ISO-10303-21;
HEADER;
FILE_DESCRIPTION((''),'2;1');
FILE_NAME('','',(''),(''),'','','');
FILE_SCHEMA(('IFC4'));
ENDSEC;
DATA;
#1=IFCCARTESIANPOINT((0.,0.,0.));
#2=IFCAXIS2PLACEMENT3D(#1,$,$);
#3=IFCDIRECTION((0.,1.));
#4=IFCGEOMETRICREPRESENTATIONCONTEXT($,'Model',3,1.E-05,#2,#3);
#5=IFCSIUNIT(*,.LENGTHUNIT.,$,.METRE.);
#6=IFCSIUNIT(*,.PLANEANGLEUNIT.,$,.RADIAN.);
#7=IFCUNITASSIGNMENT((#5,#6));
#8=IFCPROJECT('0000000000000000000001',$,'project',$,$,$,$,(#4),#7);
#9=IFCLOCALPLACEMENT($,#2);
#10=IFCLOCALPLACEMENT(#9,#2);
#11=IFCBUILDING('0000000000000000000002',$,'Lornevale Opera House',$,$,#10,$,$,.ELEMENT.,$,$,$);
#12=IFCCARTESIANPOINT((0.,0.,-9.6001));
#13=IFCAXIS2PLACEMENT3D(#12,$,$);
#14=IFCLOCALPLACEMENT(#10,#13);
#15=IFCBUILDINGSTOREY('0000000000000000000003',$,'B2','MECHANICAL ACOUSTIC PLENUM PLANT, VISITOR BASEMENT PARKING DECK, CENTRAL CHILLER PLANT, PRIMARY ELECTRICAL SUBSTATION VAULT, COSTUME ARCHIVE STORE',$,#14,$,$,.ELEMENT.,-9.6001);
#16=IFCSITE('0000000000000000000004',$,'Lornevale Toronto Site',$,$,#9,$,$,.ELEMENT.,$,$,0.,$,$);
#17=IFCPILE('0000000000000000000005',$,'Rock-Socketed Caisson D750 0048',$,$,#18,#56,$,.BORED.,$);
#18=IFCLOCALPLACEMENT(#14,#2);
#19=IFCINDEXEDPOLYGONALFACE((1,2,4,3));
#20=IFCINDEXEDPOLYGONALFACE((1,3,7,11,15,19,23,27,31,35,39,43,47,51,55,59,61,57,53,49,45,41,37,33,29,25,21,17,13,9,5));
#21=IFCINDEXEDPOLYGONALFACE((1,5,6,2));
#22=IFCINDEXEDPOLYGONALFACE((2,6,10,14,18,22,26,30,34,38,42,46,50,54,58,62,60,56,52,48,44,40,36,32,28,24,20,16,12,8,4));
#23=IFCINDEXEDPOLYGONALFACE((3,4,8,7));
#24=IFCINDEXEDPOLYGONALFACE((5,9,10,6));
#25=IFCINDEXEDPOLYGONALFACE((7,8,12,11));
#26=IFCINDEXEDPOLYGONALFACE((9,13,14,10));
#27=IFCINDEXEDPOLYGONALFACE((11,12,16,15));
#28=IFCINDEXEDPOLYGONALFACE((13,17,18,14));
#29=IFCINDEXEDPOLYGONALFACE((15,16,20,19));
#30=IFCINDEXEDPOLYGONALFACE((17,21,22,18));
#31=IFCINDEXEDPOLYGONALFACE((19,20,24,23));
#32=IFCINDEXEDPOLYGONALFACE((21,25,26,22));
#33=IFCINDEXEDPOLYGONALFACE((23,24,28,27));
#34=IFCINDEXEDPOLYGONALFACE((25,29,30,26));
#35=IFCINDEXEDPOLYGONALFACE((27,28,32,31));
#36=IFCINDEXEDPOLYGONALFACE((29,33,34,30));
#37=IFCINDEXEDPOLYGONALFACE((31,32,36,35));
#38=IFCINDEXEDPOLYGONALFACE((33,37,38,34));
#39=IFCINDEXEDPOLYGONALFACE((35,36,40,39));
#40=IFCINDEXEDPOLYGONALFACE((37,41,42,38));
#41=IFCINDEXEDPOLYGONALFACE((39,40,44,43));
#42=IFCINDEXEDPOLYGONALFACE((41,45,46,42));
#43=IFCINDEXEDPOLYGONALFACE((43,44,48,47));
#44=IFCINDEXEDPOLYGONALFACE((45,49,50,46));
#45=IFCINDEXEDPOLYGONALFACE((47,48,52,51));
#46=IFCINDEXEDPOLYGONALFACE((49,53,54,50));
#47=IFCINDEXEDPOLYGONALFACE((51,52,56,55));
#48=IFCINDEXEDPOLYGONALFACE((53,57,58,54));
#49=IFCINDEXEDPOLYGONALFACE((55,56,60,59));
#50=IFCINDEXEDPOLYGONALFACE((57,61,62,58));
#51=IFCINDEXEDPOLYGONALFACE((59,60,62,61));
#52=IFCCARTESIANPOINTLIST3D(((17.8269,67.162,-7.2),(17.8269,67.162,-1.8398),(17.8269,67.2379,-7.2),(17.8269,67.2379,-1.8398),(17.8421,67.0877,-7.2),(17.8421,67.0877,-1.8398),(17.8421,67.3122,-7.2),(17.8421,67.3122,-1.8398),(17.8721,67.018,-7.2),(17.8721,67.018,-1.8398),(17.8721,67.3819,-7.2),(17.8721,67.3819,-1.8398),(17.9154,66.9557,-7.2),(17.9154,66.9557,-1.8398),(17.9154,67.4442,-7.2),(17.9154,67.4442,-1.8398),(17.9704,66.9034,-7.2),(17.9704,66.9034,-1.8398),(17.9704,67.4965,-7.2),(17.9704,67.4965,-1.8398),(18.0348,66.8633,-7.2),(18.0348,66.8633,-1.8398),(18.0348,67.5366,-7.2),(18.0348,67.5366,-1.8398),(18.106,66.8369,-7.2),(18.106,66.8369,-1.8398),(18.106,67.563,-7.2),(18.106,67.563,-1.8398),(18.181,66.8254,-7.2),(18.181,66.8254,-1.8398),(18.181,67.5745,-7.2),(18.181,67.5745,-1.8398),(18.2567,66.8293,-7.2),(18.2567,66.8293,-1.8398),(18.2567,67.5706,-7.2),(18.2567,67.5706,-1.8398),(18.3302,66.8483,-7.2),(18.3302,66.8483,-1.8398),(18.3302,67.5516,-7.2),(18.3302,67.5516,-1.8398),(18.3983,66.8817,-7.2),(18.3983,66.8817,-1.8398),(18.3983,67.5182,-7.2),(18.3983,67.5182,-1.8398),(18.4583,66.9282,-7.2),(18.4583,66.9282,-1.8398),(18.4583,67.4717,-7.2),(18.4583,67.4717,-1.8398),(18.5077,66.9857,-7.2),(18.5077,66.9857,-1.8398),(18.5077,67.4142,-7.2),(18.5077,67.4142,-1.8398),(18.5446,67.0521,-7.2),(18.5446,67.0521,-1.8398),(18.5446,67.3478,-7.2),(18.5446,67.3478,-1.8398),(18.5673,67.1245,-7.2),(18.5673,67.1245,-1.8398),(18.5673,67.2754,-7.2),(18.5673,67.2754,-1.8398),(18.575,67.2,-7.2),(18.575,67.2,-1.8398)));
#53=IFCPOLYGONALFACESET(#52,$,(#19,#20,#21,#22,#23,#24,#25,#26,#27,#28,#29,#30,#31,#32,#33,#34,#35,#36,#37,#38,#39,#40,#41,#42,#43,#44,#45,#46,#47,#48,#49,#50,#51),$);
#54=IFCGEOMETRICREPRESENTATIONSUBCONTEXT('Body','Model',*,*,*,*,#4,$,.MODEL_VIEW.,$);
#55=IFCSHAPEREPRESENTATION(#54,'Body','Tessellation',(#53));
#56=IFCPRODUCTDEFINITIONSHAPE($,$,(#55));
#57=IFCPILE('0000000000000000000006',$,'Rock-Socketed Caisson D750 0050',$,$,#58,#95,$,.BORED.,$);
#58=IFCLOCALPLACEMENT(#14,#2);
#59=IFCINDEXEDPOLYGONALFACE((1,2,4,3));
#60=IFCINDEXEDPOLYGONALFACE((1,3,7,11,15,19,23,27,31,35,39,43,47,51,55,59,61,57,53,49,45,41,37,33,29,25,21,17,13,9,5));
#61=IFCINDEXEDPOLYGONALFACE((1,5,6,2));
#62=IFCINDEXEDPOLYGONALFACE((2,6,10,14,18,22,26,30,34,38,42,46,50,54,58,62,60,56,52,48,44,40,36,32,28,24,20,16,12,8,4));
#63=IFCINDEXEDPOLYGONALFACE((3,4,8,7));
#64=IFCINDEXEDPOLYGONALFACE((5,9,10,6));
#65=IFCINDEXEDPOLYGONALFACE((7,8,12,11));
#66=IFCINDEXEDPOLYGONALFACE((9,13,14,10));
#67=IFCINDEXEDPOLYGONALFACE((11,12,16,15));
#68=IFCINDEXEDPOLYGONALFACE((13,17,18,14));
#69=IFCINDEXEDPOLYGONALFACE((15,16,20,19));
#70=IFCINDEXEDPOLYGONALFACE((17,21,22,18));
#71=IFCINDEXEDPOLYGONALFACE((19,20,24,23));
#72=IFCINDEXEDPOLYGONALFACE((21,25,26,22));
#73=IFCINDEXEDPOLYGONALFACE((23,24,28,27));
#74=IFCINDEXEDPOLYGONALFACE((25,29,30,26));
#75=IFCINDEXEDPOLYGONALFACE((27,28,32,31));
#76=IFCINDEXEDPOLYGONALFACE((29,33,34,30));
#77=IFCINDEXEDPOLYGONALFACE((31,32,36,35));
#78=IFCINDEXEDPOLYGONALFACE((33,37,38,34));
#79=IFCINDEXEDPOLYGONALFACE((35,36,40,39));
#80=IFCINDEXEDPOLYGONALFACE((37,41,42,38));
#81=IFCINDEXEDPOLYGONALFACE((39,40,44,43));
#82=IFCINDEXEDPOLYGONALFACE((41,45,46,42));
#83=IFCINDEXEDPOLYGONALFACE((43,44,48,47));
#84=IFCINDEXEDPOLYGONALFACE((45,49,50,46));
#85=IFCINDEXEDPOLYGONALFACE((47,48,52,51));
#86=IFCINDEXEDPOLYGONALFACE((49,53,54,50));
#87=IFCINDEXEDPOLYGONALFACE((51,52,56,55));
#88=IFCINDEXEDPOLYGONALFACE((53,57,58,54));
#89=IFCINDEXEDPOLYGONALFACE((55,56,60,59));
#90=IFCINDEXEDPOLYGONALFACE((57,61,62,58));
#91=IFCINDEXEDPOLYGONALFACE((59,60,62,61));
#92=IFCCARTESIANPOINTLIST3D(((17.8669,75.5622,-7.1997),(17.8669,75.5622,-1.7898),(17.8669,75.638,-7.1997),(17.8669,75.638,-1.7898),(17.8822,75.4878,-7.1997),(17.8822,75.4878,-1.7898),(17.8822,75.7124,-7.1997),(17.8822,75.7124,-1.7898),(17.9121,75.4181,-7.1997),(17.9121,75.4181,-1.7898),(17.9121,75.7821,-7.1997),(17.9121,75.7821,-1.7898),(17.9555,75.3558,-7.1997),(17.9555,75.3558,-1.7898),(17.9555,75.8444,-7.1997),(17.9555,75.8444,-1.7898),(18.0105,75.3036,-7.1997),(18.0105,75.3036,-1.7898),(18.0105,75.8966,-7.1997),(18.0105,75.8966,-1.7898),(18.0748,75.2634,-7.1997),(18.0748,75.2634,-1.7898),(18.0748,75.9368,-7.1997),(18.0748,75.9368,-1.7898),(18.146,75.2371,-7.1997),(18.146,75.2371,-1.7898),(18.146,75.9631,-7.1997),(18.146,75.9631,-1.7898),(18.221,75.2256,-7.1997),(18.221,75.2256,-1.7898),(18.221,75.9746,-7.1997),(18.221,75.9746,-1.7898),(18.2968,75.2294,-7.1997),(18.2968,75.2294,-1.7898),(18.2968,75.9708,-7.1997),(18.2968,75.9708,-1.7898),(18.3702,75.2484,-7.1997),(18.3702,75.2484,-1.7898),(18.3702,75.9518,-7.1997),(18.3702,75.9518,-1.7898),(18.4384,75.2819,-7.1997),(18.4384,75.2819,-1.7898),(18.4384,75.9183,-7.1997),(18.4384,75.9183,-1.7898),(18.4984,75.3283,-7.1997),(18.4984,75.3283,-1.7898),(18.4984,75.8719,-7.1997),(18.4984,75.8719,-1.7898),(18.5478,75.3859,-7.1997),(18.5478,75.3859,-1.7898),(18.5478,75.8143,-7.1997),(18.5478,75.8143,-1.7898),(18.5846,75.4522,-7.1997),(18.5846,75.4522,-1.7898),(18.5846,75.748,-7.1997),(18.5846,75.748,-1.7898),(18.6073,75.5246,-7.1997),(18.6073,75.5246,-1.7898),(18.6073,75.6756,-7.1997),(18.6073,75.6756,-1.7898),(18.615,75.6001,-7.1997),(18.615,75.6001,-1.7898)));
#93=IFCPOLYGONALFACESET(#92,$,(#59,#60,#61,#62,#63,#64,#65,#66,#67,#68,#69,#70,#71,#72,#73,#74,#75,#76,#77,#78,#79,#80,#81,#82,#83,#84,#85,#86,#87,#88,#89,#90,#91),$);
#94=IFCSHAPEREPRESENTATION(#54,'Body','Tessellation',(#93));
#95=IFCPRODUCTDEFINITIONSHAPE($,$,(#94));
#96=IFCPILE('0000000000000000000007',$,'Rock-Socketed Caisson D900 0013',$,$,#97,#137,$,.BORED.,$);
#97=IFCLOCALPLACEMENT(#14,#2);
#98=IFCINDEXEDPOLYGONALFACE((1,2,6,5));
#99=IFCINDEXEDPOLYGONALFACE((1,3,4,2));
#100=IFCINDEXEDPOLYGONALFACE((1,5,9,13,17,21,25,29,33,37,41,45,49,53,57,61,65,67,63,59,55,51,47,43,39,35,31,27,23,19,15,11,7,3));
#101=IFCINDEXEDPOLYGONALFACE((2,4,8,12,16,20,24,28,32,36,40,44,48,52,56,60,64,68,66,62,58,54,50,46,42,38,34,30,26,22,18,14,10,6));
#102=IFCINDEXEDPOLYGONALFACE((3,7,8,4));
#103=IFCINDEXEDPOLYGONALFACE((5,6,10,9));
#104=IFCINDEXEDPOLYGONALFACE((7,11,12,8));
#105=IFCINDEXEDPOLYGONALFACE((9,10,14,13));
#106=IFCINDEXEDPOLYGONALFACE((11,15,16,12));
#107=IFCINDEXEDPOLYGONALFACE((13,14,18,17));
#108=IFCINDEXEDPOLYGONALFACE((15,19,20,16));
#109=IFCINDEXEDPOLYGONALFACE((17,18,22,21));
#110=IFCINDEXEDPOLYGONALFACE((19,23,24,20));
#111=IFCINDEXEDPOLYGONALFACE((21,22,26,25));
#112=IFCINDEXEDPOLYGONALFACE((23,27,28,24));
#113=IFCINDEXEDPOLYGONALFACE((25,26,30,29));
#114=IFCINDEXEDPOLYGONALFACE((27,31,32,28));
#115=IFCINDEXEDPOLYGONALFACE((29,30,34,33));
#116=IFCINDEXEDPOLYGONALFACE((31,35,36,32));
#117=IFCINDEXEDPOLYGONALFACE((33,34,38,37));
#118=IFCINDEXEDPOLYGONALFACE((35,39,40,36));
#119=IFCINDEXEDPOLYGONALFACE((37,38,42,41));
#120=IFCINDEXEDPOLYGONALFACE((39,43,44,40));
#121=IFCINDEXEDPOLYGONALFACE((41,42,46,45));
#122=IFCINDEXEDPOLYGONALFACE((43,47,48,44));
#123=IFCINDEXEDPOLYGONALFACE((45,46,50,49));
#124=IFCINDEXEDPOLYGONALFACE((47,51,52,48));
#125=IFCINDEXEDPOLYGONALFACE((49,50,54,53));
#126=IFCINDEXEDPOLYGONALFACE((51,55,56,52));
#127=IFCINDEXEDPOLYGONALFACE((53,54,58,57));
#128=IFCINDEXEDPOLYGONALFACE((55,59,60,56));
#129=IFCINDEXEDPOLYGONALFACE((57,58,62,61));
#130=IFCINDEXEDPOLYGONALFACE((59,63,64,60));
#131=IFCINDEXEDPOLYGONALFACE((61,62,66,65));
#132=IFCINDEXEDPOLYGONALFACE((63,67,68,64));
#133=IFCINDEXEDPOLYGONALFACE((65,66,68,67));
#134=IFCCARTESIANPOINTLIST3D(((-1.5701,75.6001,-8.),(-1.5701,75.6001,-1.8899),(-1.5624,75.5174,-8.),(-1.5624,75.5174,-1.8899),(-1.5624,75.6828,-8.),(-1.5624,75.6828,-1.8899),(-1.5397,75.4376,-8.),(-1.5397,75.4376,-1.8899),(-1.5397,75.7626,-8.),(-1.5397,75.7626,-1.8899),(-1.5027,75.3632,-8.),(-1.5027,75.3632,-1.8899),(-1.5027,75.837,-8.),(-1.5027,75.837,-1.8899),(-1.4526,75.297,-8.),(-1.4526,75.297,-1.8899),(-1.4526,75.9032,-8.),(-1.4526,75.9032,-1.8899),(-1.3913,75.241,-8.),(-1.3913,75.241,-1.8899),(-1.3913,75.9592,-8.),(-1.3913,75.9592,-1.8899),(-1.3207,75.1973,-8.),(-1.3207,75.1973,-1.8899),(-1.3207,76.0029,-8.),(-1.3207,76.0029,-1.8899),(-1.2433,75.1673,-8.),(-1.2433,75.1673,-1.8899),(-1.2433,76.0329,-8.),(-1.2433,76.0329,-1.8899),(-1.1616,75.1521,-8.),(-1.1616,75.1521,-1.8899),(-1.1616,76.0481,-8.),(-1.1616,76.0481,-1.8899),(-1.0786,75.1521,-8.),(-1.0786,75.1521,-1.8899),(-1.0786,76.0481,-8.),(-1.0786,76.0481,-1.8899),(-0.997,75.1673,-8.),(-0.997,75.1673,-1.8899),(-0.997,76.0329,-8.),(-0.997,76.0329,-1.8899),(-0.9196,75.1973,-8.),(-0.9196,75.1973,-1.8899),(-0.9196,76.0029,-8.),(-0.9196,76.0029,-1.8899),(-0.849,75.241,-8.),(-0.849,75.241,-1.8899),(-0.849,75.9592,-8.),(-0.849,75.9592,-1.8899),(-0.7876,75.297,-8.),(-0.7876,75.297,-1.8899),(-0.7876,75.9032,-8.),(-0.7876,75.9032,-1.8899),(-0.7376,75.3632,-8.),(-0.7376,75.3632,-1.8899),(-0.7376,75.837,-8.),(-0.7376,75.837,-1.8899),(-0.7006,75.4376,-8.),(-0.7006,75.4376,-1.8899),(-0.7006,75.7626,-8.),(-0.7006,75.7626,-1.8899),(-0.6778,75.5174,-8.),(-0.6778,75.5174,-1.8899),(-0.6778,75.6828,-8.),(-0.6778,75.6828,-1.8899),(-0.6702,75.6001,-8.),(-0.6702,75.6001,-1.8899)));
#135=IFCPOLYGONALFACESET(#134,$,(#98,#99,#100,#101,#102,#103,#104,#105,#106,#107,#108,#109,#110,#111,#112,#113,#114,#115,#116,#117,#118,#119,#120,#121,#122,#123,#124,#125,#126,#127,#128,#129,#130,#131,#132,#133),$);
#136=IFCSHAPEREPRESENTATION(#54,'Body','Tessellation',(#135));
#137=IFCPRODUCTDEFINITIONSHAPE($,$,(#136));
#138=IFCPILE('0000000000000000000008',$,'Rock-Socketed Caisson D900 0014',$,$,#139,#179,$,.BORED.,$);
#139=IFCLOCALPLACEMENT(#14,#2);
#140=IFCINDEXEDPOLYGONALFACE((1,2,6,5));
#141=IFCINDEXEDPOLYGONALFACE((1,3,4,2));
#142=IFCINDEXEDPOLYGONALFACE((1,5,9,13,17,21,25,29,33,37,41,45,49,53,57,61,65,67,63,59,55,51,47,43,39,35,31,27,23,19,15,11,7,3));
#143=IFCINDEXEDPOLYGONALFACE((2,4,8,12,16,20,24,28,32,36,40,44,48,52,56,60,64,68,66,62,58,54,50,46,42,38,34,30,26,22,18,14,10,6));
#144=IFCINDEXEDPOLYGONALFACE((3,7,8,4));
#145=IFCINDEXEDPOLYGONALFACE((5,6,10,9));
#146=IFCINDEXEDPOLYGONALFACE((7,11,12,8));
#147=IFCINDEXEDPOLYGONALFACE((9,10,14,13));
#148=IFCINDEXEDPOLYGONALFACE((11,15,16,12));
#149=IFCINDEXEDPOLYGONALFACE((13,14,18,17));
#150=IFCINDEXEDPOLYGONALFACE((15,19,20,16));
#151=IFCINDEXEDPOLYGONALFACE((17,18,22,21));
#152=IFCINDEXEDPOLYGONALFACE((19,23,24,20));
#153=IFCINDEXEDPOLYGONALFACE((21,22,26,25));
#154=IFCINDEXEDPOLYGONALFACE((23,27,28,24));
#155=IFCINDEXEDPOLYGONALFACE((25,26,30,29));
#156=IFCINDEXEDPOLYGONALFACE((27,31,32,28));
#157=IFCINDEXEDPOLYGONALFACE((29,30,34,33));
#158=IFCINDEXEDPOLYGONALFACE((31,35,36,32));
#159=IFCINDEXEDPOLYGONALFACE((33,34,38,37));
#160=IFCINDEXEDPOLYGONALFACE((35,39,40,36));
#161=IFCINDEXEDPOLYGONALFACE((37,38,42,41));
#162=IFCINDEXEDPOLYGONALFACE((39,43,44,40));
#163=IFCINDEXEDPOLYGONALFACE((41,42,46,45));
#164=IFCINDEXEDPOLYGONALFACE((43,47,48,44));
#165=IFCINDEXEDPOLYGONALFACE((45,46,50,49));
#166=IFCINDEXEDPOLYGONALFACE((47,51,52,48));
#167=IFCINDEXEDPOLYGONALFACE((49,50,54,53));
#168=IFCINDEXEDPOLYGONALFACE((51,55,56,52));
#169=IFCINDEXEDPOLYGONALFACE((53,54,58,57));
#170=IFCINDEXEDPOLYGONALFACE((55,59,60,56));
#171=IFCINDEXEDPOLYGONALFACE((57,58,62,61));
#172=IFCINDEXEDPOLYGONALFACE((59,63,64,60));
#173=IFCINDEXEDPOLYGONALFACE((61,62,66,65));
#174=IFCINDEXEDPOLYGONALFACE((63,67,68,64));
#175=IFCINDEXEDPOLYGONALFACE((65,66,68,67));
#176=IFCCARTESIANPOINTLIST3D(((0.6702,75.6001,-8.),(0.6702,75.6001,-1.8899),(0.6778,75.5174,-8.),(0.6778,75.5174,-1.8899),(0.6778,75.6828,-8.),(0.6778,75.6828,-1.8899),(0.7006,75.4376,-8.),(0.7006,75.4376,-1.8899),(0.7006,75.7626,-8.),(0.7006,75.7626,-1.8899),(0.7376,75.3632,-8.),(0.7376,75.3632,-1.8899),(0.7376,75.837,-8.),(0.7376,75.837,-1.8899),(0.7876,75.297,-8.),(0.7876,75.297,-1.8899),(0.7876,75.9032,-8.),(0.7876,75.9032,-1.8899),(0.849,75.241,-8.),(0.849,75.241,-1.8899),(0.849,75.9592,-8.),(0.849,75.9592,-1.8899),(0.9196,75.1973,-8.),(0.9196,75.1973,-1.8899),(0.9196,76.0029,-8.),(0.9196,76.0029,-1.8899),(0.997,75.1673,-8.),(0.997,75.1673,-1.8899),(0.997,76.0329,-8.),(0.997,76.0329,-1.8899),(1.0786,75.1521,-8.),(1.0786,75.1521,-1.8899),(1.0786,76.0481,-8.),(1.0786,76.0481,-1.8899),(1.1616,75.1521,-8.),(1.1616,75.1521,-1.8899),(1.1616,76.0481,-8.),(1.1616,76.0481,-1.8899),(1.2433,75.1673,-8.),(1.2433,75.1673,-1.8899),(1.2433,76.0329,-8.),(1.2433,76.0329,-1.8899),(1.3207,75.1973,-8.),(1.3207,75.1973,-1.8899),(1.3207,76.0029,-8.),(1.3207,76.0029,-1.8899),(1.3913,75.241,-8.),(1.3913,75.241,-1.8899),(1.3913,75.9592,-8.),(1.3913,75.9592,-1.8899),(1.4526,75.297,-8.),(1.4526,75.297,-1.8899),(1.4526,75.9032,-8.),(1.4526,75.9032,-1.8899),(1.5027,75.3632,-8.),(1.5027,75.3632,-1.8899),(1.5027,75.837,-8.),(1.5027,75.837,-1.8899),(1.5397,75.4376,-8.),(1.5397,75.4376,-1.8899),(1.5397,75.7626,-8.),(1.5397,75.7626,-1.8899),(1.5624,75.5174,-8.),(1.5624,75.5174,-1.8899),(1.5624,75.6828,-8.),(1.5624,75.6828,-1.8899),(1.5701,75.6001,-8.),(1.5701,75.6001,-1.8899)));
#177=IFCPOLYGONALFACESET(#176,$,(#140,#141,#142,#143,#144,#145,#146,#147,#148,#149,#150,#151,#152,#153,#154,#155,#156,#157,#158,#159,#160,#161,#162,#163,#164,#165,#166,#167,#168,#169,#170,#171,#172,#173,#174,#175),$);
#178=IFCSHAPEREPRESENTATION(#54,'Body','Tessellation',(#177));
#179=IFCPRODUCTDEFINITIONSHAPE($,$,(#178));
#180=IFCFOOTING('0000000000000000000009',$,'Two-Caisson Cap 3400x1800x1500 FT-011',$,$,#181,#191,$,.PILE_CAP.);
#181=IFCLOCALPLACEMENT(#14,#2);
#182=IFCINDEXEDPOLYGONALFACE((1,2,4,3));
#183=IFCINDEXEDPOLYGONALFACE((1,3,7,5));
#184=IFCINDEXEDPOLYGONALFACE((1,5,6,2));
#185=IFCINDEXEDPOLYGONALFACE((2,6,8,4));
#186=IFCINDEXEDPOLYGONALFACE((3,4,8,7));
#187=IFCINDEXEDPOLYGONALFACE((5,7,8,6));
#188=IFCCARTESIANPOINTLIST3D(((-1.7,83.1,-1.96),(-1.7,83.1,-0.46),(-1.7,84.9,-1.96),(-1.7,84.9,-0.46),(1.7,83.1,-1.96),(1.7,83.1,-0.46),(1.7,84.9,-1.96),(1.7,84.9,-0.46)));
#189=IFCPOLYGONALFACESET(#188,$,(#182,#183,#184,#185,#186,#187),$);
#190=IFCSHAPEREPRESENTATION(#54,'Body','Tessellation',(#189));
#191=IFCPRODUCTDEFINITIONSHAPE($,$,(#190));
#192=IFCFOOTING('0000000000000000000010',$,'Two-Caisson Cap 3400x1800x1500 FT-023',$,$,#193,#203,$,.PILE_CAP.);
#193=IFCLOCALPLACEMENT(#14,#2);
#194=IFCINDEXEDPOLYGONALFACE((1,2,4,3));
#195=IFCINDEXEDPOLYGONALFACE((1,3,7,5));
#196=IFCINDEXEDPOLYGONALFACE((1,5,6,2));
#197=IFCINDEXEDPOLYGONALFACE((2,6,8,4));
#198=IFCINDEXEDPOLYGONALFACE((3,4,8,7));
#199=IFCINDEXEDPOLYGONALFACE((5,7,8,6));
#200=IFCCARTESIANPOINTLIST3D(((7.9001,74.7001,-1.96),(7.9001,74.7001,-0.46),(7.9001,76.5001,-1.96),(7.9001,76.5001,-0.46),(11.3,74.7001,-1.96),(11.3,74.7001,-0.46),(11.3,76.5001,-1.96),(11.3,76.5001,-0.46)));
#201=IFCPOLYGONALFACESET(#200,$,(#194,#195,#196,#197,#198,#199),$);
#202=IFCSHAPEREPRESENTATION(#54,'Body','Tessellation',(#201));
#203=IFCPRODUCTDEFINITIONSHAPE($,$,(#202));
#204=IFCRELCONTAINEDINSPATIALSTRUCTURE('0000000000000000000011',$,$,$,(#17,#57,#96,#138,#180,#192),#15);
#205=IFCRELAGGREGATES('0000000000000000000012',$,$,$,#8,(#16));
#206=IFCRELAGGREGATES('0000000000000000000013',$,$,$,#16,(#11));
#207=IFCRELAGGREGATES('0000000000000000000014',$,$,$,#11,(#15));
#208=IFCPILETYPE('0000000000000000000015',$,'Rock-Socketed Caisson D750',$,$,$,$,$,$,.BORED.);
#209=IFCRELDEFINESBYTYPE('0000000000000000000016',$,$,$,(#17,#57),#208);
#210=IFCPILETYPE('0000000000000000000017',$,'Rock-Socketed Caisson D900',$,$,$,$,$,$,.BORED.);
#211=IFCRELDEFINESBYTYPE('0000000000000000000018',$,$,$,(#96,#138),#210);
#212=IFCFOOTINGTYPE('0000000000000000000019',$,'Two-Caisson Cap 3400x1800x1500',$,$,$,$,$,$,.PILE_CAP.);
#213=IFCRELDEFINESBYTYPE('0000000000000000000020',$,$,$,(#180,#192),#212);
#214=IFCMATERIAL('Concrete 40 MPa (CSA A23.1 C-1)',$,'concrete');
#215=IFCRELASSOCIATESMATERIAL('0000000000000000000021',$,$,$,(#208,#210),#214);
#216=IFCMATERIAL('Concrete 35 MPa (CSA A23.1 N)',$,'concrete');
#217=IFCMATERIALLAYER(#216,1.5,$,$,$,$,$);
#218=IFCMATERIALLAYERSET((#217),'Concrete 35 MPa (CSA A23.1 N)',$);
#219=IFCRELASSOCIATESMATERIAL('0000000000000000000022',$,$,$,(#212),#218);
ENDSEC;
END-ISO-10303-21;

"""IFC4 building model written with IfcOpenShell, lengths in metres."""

from ifc_helpers import new_model, si_unit, direction, frame, origin, origin_2d, place, context, subcontext, project, spatial, rectangle, circle, extrude, material, layer, layer_set, material_profile, profile_set, type_object, element, save


model = new_model("IFC4")

# Units and contexts
model_context = context("Model", 3, precision=1e-05, world=origin(), true_north=direction((0.0, 1.0)))
body_context = subcontext(model_context, "Body", "Model", "MODEL_VIEW")
ifc_project = project(units=[si_unit("LENGTHUNIT", "METRE"), si_unit("PLANEANGLEUNIT", "RADIAN")], contexts=[model_context])

# Site, building, storey
site_placement = place(None, origin())
site = spatial("IfcSite", under=ifc_project, at=site_placement, Name="Lornevale Toronto Site", CompositionType="ELEMENT", RefElevation=0.0)
building_placement = place(site_placement, origin())
building = spatial("IfcBuilding", under=site, at=building_placement, Name="Lornevale Opera House", CompositionType="ELEMENT")
storey_placement = place(building_placement, frame((0.0, 0.0, -9.6001)))
storey = spatial("IfcBuildingStorey", under=building, at=storey_placement, Name="B2", Description="MECHANICAL ACOUSTIC PLENUM PLANT, VISITOR BASEMENT PARKING DECK, CENTRAL CHILLER PLANT, PRIMARY ELECTRICAL SUBSTATION VAULT, COSTUME ARCHIVE STORE", CompositionType="ELEMENT", Elevation=-9.6001)

# Shared definitions
ifc_material_1 = material(Name="Concrete 35 MPa (CSA A23.1 N)", Category="concrete")

# Piles
ifc_material_2 = material(Name="Concrete 40 MPa (CSA A23.1 C-1)", Category="concrete")
ifc_material_profile_1 = material_profile(ifc_material_2, circle(Radius=0.375, at=origin_2d()), Name="CAIS750")
ifc_profile_set_1 = profile_set([ifc_material_profile_1], Name="Concrete 40 MPa (CSA A23.1 C-1)")
pile_type_1 = type_object("IfcPileType", Name="Rock-Socketed Caisson D750", PredefinedType="BORED", material=ifc_profile_set_1)
for number, where, z_axis, x_axis, name in (
    (1, (18.2, 67.2, -1.8398), (0.0, 0.0, -1.0), (1.0, 0.0, 0.0), "Rock-Socketed Caisson D750 0048"),
):
    element("IfcPile", number, at=place(storey_placement, frame(where, z_axis=z_axis, x_axis=x_axis)), inside=storey, type_object=pile_type_1, Name=name, PredefinedType="BORED", context=body_context, shape_type="SweptSolid", body=[
        extrude(circle(Radius=0.375, at=origin_2d()), origin(), (0.0, 0.0, 1.0), 5.3601),
    ])
pile_placement = place(storey_placement, frame((18.24, 75.6001, -1.7898), z_axis=(0.0, 0.0, -1.0), x_axis=(1.0, 0.0, 0.0)))
element("IfcPile", 2, at=pile_placement, inside=storey, type_object=pile_type_1, Name="Rock-Socketed Caisson D750 0050", PredefinedType="BORED", context=body_context, shape_type="SweptSolid", body=[
    extrude(circle(Radius=0.375, at=origin_2d()), origin(), (0.0, 0.0, 1.0), 5.4099),
])
ifc_material_profile_2 = material_profile(ifc_material_2, circle(Radius=0.45, at=origin_2d()), Name="CAIS900")
ifc_profile_set_2 = profile_set([ifc_material_profile_2], Name="Concrete 40 MPa (CSA A23.1 C-1)")
pile_type_2 = type_object("IfcPileType", Name="Rock-Socketed Caisson D900", PredefinedType="BORED", material=ifc_profile_set_2)
for number, where, z_axis, x_axis, name in (
    (3, (-1.1201, 75.6001, -1.8899), (0.0, 0.0, -1.0), (1.0, 0.0, 0.0), "Rock-Socketed Caisson D900 0013"),
    (4, (1.1201, 75.6001, -1.8899), (0.0, 0.0, -1.0), (1.0, 0.0, 0.0), "Rock-Socketed Caisson D900 0014"),
):
    element("IfcPile", number, at=place(storey_placement, frame(where, z_axis=z_axis, x_axis=x_axis)), inside=storey, type_object=pile_type_2, Name=name, PredefinedType="BORED", context=body_context, shape_type="SweptSolid", body=[
        extrude(circle(Radius=0.45, at=origin_2d()), origin(), (0.0, 0.0, 1.0), 6.1101),
    ])

# Footings
ifc_layer_1 = layer(ifc_material_1, 1.5)
ifc_layer_set_1 = layer_set([ifc_layer_1], Name="Concrete 35 MPa (CSA A23.1 N)")
footing_type_1 = type_object("IfcFootingType", Name="Two-Caisson Cap 3400x1800x1500", PredefinedType="PILE_CAP", material=ifc_layer_set_1)
for number, where, z_axis, x_axis, name in (
    (5, (0.0, 84.0, -1.96), (0.0, 0.0, 1.0), (1.0, 0.0, 0.0), "Two-Caisson Cap 3400x1800x1500 FT-011"),
    (6, (9.6001, 75.6001, -1.96), (0.0, 0.0, 1.0), (1.0, 0.0, 0.0), "Two-Caisson Cap 3400x1800x1500 FT-023"),
):
    element("IfcFooting", number, at=place(storey_placement, frame(where, z_axis=z_axis, x_axis=x_axis)), inside=storey, type_object=footing_type_1, Name=name, PredefinedType="PILE_CAP", context=body_context, shape_type="SweptSolid", body=[
        extrude(rectangle(XDim=3.3999, YDim=1.8, at=origin_2d()), origin(), (0.0, 0.0, 1.0), 1.5),
    ])

save(model, "model.ifc")
